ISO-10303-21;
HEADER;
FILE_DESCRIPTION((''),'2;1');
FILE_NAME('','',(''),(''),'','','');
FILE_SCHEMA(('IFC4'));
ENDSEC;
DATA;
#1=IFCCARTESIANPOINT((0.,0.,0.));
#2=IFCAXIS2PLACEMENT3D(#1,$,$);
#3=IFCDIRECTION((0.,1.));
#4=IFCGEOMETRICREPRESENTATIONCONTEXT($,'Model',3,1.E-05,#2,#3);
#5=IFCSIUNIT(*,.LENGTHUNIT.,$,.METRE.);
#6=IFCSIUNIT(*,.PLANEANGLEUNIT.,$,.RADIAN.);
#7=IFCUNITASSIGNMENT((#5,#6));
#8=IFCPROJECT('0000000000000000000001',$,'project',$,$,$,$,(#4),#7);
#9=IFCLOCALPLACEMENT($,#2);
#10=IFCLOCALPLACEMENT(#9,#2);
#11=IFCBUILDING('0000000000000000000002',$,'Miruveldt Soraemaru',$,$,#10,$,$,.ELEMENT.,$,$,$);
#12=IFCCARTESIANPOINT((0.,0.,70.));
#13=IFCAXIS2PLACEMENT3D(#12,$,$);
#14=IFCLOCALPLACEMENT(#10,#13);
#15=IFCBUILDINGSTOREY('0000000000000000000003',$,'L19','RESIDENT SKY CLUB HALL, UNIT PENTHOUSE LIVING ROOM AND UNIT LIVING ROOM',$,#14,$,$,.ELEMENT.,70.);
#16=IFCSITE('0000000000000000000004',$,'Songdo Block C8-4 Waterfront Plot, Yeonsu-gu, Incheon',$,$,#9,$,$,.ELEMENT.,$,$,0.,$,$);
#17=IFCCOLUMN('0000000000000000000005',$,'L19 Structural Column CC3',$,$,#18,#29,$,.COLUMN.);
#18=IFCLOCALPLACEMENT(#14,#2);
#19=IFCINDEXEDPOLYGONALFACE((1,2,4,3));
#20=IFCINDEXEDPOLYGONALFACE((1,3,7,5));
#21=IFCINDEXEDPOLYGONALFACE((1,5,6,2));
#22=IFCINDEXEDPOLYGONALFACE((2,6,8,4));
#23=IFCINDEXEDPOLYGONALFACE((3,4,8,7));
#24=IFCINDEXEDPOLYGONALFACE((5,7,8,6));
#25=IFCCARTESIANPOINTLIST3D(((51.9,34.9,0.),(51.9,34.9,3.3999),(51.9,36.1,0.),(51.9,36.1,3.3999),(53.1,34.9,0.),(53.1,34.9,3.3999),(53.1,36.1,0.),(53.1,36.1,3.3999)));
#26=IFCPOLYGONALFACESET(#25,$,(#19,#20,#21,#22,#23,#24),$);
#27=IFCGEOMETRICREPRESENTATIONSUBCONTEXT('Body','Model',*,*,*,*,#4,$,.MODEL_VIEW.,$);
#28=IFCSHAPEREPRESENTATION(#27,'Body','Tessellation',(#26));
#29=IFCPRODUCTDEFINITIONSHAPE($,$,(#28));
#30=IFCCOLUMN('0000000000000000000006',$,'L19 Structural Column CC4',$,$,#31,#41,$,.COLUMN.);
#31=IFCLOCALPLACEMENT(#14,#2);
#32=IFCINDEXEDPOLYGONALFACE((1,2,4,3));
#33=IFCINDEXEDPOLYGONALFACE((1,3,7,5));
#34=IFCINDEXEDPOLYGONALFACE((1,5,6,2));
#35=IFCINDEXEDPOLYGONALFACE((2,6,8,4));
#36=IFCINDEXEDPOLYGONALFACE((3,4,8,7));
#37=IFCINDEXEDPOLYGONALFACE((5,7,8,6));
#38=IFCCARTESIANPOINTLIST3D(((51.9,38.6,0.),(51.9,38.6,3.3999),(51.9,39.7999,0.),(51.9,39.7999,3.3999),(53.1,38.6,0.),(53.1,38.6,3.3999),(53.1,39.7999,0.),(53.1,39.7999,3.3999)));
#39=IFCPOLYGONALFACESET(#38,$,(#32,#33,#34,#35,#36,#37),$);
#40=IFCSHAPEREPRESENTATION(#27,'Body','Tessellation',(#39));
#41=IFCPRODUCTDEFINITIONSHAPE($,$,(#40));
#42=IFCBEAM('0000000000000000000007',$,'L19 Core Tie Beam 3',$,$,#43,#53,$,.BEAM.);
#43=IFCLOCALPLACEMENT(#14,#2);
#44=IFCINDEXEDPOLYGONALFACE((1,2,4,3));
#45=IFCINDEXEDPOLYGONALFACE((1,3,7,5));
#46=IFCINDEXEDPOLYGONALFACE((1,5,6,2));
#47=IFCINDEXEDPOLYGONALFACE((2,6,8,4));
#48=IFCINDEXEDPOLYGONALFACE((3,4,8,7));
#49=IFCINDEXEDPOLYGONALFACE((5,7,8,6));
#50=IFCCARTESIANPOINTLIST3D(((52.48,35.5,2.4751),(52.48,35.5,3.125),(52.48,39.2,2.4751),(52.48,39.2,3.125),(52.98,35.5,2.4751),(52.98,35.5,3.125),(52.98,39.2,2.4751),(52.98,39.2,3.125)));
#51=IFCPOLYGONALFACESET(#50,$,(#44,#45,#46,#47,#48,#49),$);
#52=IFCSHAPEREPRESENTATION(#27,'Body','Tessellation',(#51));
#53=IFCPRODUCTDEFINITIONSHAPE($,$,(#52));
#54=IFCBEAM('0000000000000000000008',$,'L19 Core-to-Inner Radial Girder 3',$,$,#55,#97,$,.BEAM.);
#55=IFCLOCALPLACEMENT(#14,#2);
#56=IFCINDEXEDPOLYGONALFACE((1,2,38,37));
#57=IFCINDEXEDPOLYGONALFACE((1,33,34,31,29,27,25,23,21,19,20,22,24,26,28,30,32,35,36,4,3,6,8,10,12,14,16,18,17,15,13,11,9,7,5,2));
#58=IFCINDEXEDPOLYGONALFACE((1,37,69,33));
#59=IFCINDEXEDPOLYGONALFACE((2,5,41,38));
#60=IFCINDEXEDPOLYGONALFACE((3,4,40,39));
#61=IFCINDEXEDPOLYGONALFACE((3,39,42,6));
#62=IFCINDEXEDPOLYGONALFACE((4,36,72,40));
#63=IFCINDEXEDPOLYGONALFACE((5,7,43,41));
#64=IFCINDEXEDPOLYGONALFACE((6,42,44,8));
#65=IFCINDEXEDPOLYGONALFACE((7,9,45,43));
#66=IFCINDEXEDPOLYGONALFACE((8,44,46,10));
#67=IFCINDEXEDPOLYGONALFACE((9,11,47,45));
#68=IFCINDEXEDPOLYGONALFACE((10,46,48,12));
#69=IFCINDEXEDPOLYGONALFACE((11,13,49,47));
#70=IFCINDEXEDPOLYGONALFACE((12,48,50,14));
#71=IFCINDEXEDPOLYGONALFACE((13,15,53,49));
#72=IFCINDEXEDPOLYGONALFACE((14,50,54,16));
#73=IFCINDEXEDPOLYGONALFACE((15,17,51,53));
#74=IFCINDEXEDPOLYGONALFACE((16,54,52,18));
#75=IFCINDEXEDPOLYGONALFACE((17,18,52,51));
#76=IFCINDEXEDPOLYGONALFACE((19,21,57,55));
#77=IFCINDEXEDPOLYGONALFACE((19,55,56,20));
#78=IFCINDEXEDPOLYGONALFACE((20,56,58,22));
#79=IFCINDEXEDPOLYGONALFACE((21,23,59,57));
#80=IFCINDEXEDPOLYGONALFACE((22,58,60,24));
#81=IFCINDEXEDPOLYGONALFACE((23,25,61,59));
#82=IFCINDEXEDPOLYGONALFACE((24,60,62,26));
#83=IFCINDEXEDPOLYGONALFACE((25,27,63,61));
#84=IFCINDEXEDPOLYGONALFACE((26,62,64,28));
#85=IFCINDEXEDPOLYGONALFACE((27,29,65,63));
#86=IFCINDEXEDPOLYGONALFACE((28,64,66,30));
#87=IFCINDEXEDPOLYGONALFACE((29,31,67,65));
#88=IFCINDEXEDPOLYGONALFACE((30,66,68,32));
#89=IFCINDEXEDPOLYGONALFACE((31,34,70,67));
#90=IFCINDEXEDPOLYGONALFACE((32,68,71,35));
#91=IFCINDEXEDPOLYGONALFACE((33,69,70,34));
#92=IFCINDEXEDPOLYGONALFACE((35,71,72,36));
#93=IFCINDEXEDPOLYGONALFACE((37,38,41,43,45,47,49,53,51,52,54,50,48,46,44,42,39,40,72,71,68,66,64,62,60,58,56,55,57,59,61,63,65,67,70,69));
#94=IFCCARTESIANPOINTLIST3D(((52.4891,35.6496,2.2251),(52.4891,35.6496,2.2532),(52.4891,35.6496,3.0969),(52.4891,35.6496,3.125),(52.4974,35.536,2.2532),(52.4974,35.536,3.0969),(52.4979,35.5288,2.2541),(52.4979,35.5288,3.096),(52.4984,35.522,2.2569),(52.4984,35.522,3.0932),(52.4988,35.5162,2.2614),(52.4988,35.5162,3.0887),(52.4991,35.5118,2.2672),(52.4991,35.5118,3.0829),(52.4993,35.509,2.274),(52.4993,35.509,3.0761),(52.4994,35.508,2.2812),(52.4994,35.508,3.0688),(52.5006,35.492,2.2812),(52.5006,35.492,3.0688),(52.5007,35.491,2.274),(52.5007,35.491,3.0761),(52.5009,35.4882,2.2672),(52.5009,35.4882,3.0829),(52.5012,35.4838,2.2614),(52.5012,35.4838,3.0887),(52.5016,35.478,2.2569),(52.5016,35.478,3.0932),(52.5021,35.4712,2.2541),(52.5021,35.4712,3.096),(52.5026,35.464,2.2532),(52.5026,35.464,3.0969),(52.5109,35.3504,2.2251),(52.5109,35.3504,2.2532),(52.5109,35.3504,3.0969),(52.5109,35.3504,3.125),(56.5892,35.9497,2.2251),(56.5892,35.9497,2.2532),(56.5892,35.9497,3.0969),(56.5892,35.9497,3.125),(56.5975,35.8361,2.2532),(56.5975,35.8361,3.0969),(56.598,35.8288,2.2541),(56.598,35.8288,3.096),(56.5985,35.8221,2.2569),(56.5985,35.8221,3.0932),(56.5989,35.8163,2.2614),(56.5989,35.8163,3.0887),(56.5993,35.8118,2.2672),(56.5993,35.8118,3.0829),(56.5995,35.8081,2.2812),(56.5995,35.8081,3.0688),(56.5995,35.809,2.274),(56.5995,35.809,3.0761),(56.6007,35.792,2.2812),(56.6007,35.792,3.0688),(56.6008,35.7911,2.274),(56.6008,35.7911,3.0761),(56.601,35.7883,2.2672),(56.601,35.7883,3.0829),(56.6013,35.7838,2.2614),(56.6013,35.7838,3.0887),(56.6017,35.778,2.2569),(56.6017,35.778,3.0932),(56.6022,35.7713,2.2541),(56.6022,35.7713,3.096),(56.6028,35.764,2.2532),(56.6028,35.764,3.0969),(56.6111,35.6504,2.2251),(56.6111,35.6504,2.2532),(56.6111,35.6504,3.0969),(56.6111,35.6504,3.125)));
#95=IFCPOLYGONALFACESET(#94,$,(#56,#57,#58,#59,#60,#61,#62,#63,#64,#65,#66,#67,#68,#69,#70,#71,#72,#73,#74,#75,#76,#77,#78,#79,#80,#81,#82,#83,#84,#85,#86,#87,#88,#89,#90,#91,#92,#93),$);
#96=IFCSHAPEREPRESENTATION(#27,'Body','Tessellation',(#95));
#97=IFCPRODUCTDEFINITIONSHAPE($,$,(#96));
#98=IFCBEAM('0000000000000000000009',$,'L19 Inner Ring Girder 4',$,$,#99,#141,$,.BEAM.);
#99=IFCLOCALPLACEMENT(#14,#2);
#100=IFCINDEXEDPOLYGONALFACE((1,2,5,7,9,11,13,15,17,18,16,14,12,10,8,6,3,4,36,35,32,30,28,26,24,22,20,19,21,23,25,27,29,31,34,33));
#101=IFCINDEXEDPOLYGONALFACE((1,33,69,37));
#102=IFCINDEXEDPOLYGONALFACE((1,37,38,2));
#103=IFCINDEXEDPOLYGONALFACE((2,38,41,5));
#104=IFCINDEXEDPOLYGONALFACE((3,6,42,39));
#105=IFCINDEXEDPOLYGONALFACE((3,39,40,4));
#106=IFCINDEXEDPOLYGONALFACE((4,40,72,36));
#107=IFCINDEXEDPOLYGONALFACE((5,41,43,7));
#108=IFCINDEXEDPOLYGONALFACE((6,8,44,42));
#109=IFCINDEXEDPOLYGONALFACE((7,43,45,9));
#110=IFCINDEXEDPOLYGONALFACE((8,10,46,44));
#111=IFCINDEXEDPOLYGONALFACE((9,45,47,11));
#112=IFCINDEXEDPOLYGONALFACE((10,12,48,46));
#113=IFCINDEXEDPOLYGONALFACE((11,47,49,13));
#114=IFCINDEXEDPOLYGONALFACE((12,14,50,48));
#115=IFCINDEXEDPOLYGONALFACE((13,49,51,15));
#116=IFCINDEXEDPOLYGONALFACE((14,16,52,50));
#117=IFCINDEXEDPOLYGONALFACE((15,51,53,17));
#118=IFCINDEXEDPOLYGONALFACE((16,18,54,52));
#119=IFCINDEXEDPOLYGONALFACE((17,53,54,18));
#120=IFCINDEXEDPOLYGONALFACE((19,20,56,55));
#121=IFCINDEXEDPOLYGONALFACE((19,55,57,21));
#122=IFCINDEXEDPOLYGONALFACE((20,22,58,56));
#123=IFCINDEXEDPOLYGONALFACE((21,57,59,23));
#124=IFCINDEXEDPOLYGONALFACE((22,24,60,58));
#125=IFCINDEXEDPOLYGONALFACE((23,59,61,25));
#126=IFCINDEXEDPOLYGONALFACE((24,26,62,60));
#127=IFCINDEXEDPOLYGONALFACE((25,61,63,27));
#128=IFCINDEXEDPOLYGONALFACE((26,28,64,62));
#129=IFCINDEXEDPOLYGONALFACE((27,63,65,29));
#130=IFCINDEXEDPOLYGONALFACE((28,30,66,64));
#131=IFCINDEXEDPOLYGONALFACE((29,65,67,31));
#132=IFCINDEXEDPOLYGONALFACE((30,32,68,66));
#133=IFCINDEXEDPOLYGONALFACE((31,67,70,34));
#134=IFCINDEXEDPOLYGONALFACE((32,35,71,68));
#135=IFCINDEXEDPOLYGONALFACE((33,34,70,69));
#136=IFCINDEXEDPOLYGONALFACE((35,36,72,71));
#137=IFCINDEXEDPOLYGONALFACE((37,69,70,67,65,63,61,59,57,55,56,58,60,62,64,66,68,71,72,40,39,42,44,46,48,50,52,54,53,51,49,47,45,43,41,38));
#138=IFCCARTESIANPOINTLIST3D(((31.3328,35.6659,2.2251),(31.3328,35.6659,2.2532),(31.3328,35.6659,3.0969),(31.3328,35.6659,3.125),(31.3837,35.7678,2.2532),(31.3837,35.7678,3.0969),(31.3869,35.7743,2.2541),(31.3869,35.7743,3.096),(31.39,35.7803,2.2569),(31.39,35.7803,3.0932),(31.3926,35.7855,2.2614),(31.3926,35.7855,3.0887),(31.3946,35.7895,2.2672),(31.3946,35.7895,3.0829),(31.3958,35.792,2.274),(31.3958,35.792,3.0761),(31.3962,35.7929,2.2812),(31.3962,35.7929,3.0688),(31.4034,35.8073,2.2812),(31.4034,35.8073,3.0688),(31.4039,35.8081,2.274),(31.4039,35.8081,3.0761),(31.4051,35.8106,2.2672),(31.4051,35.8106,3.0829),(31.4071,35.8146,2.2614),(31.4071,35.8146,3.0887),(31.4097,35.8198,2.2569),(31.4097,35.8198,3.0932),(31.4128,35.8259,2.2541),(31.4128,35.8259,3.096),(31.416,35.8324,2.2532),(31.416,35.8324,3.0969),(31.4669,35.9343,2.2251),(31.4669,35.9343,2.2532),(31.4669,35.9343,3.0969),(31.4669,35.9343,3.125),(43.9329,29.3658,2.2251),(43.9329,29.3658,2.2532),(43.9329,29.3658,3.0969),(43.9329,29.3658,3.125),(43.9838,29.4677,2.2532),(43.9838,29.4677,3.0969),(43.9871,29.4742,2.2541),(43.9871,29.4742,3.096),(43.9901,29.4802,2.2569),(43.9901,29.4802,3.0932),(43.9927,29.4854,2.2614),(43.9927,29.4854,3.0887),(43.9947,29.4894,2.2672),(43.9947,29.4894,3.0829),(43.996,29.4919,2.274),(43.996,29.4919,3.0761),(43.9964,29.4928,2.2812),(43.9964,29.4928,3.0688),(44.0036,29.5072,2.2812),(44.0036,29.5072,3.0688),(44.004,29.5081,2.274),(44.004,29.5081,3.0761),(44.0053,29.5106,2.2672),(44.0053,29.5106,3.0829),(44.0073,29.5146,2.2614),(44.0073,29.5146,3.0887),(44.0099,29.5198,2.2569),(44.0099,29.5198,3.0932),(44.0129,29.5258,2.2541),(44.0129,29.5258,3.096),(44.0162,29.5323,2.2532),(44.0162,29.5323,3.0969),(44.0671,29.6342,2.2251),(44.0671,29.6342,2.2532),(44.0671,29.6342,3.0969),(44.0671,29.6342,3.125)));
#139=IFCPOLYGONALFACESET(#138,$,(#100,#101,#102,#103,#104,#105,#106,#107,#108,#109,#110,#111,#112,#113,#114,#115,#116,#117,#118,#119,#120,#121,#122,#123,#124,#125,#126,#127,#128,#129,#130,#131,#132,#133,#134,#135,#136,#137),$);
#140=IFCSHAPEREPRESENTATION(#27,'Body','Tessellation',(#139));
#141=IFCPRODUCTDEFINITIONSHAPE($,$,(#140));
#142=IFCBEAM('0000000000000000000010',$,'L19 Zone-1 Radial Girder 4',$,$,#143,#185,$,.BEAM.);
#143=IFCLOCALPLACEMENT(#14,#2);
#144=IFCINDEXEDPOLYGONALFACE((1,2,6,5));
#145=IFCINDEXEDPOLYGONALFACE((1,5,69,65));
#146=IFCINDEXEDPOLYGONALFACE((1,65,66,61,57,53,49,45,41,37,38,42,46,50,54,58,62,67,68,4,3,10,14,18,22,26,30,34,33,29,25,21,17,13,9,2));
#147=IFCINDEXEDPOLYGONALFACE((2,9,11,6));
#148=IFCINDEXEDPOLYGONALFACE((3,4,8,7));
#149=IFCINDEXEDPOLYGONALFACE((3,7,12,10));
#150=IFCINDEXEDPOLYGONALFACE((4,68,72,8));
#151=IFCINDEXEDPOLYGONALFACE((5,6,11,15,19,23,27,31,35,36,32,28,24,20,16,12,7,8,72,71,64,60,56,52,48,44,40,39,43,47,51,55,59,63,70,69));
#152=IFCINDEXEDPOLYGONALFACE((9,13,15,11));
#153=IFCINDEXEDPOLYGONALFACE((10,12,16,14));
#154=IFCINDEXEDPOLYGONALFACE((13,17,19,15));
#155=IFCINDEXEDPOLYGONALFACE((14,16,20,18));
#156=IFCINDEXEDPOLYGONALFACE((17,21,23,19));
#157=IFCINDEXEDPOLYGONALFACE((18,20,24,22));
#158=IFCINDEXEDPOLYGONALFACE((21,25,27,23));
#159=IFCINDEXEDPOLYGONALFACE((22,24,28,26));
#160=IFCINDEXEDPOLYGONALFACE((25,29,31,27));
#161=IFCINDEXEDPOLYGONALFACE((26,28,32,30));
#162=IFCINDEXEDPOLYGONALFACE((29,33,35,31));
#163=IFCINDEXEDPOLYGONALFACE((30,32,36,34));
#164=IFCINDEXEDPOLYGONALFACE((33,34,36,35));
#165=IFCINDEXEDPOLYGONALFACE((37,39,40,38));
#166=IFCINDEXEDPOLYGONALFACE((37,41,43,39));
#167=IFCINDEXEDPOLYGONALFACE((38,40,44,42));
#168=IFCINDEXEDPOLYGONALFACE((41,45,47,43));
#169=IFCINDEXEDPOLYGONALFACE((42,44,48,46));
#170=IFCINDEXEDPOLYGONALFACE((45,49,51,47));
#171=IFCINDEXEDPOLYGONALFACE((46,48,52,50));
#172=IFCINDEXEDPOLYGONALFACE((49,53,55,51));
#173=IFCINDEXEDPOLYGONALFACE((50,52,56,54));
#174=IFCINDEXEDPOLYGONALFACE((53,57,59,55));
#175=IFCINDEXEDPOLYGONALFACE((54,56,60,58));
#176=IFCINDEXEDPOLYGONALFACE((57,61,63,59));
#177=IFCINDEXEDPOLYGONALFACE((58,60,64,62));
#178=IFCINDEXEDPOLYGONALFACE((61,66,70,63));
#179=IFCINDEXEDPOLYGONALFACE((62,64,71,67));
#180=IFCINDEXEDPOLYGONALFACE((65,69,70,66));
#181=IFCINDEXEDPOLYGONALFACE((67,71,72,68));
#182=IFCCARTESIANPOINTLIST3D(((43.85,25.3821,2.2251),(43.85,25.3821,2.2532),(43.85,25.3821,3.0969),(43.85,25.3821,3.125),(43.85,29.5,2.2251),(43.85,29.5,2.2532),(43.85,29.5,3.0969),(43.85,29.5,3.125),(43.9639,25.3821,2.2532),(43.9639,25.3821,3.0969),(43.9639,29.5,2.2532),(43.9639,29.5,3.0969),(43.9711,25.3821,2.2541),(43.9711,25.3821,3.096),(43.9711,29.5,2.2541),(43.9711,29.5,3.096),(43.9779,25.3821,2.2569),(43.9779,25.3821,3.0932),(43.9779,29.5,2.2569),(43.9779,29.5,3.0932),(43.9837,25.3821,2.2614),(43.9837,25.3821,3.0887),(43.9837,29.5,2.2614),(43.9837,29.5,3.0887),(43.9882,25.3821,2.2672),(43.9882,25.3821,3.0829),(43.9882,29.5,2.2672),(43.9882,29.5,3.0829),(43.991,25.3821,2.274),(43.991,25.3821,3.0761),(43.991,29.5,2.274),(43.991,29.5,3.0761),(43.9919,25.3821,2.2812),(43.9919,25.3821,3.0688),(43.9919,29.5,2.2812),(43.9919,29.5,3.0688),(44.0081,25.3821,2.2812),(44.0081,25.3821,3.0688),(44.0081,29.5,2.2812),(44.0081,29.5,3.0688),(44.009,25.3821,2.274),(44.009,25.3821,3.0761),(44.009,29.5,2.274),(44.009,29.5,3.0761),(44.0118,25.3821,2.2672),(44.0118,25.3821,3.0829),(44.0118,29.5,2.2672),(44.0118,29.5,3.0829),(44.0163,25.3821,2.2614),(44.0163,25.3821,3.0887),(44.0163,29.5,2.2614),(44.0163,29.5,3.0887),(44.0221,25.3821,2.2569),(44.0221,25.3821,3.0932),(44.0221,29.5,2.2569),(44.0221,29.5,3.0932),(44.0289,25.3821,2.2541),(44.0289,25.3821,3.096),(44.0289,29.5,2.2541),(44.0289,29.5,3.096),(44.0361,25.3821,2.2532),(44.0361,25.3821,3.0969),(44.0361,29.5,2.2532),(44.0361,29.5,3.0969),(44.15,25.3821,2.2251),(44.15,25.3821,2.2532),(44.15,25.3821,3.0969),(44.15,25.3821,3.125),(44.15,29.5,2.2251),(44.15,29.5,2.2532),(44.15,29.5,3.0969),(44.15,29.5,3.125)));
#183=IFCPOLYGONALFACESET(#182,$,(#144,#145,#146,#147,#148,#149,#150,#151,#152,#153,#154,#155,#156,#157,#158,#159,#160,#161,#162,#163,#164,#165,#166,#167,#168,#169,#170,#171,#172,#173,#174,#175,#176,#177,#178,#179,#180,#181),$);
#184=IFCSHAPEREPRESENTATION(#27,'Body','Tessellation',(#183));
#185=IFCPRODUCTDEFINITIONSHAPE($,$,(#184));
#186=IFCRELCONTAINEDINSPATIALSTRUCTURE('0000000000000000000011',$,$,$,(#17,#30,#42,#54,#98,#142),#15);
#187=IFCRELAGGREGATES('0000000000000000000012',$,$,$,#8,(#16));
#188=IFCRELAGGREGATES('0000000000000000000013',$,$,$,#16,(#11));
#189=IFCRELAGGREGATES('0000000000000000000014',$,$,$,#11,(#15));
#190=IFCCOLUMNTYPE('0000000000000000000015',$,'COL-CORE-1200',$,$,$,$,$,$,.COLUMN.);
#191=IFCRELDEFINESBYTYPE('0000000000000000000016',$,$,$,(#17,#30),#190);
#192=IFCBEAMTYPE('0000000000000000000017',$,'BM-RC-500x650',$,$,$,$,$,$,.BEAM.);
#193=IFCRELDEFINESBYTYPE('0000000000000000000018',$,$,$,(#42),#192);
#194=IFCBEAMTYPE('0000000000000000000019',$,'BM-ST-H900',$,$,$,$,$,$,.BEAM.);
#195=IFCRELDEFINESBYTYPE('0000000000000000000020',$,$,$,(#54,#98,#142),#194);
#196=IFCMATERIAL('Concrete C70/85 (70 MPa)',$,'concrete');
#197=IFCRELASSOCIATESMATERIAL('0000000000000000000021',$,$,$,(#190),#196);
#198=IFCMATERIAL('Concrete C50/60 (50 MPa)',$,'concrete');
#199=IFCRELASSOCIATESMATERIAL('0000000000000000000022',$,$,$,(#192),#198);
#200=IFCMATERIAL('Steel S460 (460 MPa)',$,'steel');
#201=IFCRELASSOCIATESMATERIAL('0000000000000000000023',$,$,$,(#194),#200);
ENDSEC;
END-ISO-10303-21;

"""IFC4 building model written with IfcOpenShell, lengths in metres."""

from ifc_helpers import new_model, si_unit, direction, frame, origin, origin_2d, place, context, subcontext, project, spatial, rectangle, i_section, extrude, material, material_profile, profile_set, type_object, element, save


model = new_model("IFC4")

# Units and contexts
model_context = context("Model", 3, precision=1e-05, world=origin(), true_north=direction((0.0, 1.0)))
body_context = subcontext(model_context, "Body", "Model", "MODEL_VIEW")
ifc_project = project(units=[si_unit("LENGTHUNIT", "METRE"), si_unit("PLANEANGLEUNIT", "RADIAN")], contexts=[model_context])

# Site, building, storey
site_placement = place(None, origin())
site = spatial("IfcSite", under=ifc_project, at=site_placement, Name="Songdo Block C8-4 Waterfront Plot, Yeonsu-gu, Incheon", CompositionType="ELEMENT", RefElevation=0.0)
building_placement = place(site_placement, origin())
building = spatial("IfcBuilding", under=site, at=building_placement, Name="Miruveldt Soraemaru", CompositionType="ELEMENT")
storey_placement = place(building_placement, frame((0.0, 0.0, 70.0)))
storey = spatial("IfcBuildingStorey", under=building, at=storey_placement, Name="L19", Description="RESIDENT SKY CLUB HALL, UNIT PENTHOUSE LIVING ROOM AND UNIT LIVING ROOM", CompositionType="ELEMENT", Elevation=70.0)

# Columns
ifc_material_1 = material(Name="Concrete C70/85 (70 MPa)", Category="concrete")
ifc_material_profile_1 = material_profile(ifc_material_1, rectangle(XDim=1.2, YDim=1.2, at=origin_2d()), Name="Concrete C70/85 (70 MPa)", Category="concrete")
ifc_profile_set_1 = profile_set([ifc_material_profile_1], Name="Concrete C70/85 (70 MPa)")
column_type = type_object("IfcColumnType", Name="COL-CORE-1200", PredefinedType="COLUMN", material=ifc_profile_set_1)
for number, where, z_axis, x_axis, name in (
    (1, (52.5, 35.5, 0.0), (0.0, 0.0, 1.0), (1.0, 0.0, 0.0), "L19 Structural Column CC3"),
    (2, (52.5, 39.2, 0.0), (0.0, 0.0, 1.0), (1.0, 0.0, 0.0), "L19 Structural Column CC4"),
):
    element("IfcColumn", number, at=place(storey_placement, frame(where, z_axis=z_axis, x_axis=x_axis)), inside=storey, type_object=column_type, Name=name, PredefinedType="COLUMN", context=body_context, shape_type="SweptSolid", body=[
        extrude(rectangle(XDim=1.2, YDim=1.2, at=origin_2d()), origin(), (0.0, 0.0, 1.0), 3.3999),
    ])

# Beams
ifc_material_2 = material(Name="Concrete C50/60 (50 MPa)", Category="concrete")
ifc_material_profile_2 = material_profile(ifc_material_2, rectangle(XDim=0.5, YDim=0.6499, at=origin_2d()), Name="Concrete C50/60 (50 MPa)", Category="concrete")
ifc_profile_set_2 = profile_set([ifc_material_profile_2], Name="Concrete C50/60 (50 MPa)")
beam_type_1 = type_object("IfcBeamType", Name="BM-RC-500x650", PredefinedType="BEAM", material=ifc_profile_set_2)
beam_1_placement = place(storey_placement, frame((52.73, 35.5, 2.8), z_axis=(0.0, 1.0, 0.0), x_axis=(-1.0, 0.0, 0.0)))
element("IfcBeam", 3, at=beam_1_placement, inside=storey, type_object=beam_type_1, Name="L19 Core Tie Beam 3", PredefinedType="BEAM", context=body_context, shape_type="SweptSolid", body=[
    extrude(rectangle(XDim=0.5, YDim=0.6499, at=origin_2d()), origin(), (0.0, 0.0, 1.0), 3.7),
])
ifc_material_3 = material(Name="Steel S460 (460 MPa)", Category="steel")
ifc_material_profile_3 = material_profile(ifc_material_3, i_section(OverallWidth=0.3, OverallDepth=0.8999, WebThickness=0.0161, FlangeThickness=0.0281, FilletRadius=0.0281, at=origin_2d()), Name="Steel S460 (460 MPa)", Category="steel")
ifc_profile_set_3 = profile_set([ifc_material_profile_3], Name="Steel S460 (460 MPa)")
beam_type_2 = type_object("IfcBeamType", Name="BM-ST-H900", PredefinedType="BEAM", material=ifc_profile_set_3)
beam_2_placement = place(storey_placement, frame((52.5, 35.5, 2.675), z_axis=(0.997333, 0.072986, 0.0), x_axis=(-0.072986, 0.997333, 0.0)))
element("IfcBeam", 4, at=beam_2_placement, inside=storey, type_object=beam_type_2, Name="L19 Core-to-Inner Radial Girder 3", PredefinedType="BEAM", context=body_context, shape_type="SweptSolid", body=[
    extrude(i_section(OverallWidth=0.3, OverallDepth=0.8999, WebThickness=0.0161, FlangeThickness=0.0281, FilletRadius=0.0281, at=origin_2d()), origin(), (0.0, 0.0, 1.0), 4.1111),
])
beam_3_placement = place(storey_placement, frame((44.0, 29.5, 2.675), z_axis=(-0.894427, 0.447214, 0.0), x_axis=(-0.447214, -0.894427, 0.0)))
element("IfcBeam", 5, at=beam_3_placement, inside=storey, type_object=beam_type_2, Name="L19 Inner Ring Girder 4", PredefinedType="BEAM", context=body_context, shape_type="SweptSolid", body=[
    extrude(i_section(OverallWidth=0.3, OverallDepth=0.8999, WebThickness=0.0161, FlangeThickness=0.0281, FilletRadius=0.0281, at=origin_2d()), origin(), (0.0, 0.0, 1.0), 14.0874),
])
beam_4_placement = place(storey_placement, frame((44.0, 29.5, 2.675), z_axis=(0.0, -1.0, 0.0), x_axis=(1.0, 0.0, 0.0)))
element("IfcBeam", 6, at=beam_4_placement, inside=storey, type_object=beam_type_2, Name="L19 Zone-1 Radial Girder 4", PredefinedType="BEAM", context=body_context, shape_type="SweptSolid", body=[
    extrude(i_section(OverallWidth=0.3, OverallDepth=0.8999, WebThickness=0.0161, FlangeThickness=0.0281, FilletRadius=0.0281, at=origin_2d()), origin(), (0.0, 0.0, 1.0), 4.1179),
])

save(model, "model.ifc")
